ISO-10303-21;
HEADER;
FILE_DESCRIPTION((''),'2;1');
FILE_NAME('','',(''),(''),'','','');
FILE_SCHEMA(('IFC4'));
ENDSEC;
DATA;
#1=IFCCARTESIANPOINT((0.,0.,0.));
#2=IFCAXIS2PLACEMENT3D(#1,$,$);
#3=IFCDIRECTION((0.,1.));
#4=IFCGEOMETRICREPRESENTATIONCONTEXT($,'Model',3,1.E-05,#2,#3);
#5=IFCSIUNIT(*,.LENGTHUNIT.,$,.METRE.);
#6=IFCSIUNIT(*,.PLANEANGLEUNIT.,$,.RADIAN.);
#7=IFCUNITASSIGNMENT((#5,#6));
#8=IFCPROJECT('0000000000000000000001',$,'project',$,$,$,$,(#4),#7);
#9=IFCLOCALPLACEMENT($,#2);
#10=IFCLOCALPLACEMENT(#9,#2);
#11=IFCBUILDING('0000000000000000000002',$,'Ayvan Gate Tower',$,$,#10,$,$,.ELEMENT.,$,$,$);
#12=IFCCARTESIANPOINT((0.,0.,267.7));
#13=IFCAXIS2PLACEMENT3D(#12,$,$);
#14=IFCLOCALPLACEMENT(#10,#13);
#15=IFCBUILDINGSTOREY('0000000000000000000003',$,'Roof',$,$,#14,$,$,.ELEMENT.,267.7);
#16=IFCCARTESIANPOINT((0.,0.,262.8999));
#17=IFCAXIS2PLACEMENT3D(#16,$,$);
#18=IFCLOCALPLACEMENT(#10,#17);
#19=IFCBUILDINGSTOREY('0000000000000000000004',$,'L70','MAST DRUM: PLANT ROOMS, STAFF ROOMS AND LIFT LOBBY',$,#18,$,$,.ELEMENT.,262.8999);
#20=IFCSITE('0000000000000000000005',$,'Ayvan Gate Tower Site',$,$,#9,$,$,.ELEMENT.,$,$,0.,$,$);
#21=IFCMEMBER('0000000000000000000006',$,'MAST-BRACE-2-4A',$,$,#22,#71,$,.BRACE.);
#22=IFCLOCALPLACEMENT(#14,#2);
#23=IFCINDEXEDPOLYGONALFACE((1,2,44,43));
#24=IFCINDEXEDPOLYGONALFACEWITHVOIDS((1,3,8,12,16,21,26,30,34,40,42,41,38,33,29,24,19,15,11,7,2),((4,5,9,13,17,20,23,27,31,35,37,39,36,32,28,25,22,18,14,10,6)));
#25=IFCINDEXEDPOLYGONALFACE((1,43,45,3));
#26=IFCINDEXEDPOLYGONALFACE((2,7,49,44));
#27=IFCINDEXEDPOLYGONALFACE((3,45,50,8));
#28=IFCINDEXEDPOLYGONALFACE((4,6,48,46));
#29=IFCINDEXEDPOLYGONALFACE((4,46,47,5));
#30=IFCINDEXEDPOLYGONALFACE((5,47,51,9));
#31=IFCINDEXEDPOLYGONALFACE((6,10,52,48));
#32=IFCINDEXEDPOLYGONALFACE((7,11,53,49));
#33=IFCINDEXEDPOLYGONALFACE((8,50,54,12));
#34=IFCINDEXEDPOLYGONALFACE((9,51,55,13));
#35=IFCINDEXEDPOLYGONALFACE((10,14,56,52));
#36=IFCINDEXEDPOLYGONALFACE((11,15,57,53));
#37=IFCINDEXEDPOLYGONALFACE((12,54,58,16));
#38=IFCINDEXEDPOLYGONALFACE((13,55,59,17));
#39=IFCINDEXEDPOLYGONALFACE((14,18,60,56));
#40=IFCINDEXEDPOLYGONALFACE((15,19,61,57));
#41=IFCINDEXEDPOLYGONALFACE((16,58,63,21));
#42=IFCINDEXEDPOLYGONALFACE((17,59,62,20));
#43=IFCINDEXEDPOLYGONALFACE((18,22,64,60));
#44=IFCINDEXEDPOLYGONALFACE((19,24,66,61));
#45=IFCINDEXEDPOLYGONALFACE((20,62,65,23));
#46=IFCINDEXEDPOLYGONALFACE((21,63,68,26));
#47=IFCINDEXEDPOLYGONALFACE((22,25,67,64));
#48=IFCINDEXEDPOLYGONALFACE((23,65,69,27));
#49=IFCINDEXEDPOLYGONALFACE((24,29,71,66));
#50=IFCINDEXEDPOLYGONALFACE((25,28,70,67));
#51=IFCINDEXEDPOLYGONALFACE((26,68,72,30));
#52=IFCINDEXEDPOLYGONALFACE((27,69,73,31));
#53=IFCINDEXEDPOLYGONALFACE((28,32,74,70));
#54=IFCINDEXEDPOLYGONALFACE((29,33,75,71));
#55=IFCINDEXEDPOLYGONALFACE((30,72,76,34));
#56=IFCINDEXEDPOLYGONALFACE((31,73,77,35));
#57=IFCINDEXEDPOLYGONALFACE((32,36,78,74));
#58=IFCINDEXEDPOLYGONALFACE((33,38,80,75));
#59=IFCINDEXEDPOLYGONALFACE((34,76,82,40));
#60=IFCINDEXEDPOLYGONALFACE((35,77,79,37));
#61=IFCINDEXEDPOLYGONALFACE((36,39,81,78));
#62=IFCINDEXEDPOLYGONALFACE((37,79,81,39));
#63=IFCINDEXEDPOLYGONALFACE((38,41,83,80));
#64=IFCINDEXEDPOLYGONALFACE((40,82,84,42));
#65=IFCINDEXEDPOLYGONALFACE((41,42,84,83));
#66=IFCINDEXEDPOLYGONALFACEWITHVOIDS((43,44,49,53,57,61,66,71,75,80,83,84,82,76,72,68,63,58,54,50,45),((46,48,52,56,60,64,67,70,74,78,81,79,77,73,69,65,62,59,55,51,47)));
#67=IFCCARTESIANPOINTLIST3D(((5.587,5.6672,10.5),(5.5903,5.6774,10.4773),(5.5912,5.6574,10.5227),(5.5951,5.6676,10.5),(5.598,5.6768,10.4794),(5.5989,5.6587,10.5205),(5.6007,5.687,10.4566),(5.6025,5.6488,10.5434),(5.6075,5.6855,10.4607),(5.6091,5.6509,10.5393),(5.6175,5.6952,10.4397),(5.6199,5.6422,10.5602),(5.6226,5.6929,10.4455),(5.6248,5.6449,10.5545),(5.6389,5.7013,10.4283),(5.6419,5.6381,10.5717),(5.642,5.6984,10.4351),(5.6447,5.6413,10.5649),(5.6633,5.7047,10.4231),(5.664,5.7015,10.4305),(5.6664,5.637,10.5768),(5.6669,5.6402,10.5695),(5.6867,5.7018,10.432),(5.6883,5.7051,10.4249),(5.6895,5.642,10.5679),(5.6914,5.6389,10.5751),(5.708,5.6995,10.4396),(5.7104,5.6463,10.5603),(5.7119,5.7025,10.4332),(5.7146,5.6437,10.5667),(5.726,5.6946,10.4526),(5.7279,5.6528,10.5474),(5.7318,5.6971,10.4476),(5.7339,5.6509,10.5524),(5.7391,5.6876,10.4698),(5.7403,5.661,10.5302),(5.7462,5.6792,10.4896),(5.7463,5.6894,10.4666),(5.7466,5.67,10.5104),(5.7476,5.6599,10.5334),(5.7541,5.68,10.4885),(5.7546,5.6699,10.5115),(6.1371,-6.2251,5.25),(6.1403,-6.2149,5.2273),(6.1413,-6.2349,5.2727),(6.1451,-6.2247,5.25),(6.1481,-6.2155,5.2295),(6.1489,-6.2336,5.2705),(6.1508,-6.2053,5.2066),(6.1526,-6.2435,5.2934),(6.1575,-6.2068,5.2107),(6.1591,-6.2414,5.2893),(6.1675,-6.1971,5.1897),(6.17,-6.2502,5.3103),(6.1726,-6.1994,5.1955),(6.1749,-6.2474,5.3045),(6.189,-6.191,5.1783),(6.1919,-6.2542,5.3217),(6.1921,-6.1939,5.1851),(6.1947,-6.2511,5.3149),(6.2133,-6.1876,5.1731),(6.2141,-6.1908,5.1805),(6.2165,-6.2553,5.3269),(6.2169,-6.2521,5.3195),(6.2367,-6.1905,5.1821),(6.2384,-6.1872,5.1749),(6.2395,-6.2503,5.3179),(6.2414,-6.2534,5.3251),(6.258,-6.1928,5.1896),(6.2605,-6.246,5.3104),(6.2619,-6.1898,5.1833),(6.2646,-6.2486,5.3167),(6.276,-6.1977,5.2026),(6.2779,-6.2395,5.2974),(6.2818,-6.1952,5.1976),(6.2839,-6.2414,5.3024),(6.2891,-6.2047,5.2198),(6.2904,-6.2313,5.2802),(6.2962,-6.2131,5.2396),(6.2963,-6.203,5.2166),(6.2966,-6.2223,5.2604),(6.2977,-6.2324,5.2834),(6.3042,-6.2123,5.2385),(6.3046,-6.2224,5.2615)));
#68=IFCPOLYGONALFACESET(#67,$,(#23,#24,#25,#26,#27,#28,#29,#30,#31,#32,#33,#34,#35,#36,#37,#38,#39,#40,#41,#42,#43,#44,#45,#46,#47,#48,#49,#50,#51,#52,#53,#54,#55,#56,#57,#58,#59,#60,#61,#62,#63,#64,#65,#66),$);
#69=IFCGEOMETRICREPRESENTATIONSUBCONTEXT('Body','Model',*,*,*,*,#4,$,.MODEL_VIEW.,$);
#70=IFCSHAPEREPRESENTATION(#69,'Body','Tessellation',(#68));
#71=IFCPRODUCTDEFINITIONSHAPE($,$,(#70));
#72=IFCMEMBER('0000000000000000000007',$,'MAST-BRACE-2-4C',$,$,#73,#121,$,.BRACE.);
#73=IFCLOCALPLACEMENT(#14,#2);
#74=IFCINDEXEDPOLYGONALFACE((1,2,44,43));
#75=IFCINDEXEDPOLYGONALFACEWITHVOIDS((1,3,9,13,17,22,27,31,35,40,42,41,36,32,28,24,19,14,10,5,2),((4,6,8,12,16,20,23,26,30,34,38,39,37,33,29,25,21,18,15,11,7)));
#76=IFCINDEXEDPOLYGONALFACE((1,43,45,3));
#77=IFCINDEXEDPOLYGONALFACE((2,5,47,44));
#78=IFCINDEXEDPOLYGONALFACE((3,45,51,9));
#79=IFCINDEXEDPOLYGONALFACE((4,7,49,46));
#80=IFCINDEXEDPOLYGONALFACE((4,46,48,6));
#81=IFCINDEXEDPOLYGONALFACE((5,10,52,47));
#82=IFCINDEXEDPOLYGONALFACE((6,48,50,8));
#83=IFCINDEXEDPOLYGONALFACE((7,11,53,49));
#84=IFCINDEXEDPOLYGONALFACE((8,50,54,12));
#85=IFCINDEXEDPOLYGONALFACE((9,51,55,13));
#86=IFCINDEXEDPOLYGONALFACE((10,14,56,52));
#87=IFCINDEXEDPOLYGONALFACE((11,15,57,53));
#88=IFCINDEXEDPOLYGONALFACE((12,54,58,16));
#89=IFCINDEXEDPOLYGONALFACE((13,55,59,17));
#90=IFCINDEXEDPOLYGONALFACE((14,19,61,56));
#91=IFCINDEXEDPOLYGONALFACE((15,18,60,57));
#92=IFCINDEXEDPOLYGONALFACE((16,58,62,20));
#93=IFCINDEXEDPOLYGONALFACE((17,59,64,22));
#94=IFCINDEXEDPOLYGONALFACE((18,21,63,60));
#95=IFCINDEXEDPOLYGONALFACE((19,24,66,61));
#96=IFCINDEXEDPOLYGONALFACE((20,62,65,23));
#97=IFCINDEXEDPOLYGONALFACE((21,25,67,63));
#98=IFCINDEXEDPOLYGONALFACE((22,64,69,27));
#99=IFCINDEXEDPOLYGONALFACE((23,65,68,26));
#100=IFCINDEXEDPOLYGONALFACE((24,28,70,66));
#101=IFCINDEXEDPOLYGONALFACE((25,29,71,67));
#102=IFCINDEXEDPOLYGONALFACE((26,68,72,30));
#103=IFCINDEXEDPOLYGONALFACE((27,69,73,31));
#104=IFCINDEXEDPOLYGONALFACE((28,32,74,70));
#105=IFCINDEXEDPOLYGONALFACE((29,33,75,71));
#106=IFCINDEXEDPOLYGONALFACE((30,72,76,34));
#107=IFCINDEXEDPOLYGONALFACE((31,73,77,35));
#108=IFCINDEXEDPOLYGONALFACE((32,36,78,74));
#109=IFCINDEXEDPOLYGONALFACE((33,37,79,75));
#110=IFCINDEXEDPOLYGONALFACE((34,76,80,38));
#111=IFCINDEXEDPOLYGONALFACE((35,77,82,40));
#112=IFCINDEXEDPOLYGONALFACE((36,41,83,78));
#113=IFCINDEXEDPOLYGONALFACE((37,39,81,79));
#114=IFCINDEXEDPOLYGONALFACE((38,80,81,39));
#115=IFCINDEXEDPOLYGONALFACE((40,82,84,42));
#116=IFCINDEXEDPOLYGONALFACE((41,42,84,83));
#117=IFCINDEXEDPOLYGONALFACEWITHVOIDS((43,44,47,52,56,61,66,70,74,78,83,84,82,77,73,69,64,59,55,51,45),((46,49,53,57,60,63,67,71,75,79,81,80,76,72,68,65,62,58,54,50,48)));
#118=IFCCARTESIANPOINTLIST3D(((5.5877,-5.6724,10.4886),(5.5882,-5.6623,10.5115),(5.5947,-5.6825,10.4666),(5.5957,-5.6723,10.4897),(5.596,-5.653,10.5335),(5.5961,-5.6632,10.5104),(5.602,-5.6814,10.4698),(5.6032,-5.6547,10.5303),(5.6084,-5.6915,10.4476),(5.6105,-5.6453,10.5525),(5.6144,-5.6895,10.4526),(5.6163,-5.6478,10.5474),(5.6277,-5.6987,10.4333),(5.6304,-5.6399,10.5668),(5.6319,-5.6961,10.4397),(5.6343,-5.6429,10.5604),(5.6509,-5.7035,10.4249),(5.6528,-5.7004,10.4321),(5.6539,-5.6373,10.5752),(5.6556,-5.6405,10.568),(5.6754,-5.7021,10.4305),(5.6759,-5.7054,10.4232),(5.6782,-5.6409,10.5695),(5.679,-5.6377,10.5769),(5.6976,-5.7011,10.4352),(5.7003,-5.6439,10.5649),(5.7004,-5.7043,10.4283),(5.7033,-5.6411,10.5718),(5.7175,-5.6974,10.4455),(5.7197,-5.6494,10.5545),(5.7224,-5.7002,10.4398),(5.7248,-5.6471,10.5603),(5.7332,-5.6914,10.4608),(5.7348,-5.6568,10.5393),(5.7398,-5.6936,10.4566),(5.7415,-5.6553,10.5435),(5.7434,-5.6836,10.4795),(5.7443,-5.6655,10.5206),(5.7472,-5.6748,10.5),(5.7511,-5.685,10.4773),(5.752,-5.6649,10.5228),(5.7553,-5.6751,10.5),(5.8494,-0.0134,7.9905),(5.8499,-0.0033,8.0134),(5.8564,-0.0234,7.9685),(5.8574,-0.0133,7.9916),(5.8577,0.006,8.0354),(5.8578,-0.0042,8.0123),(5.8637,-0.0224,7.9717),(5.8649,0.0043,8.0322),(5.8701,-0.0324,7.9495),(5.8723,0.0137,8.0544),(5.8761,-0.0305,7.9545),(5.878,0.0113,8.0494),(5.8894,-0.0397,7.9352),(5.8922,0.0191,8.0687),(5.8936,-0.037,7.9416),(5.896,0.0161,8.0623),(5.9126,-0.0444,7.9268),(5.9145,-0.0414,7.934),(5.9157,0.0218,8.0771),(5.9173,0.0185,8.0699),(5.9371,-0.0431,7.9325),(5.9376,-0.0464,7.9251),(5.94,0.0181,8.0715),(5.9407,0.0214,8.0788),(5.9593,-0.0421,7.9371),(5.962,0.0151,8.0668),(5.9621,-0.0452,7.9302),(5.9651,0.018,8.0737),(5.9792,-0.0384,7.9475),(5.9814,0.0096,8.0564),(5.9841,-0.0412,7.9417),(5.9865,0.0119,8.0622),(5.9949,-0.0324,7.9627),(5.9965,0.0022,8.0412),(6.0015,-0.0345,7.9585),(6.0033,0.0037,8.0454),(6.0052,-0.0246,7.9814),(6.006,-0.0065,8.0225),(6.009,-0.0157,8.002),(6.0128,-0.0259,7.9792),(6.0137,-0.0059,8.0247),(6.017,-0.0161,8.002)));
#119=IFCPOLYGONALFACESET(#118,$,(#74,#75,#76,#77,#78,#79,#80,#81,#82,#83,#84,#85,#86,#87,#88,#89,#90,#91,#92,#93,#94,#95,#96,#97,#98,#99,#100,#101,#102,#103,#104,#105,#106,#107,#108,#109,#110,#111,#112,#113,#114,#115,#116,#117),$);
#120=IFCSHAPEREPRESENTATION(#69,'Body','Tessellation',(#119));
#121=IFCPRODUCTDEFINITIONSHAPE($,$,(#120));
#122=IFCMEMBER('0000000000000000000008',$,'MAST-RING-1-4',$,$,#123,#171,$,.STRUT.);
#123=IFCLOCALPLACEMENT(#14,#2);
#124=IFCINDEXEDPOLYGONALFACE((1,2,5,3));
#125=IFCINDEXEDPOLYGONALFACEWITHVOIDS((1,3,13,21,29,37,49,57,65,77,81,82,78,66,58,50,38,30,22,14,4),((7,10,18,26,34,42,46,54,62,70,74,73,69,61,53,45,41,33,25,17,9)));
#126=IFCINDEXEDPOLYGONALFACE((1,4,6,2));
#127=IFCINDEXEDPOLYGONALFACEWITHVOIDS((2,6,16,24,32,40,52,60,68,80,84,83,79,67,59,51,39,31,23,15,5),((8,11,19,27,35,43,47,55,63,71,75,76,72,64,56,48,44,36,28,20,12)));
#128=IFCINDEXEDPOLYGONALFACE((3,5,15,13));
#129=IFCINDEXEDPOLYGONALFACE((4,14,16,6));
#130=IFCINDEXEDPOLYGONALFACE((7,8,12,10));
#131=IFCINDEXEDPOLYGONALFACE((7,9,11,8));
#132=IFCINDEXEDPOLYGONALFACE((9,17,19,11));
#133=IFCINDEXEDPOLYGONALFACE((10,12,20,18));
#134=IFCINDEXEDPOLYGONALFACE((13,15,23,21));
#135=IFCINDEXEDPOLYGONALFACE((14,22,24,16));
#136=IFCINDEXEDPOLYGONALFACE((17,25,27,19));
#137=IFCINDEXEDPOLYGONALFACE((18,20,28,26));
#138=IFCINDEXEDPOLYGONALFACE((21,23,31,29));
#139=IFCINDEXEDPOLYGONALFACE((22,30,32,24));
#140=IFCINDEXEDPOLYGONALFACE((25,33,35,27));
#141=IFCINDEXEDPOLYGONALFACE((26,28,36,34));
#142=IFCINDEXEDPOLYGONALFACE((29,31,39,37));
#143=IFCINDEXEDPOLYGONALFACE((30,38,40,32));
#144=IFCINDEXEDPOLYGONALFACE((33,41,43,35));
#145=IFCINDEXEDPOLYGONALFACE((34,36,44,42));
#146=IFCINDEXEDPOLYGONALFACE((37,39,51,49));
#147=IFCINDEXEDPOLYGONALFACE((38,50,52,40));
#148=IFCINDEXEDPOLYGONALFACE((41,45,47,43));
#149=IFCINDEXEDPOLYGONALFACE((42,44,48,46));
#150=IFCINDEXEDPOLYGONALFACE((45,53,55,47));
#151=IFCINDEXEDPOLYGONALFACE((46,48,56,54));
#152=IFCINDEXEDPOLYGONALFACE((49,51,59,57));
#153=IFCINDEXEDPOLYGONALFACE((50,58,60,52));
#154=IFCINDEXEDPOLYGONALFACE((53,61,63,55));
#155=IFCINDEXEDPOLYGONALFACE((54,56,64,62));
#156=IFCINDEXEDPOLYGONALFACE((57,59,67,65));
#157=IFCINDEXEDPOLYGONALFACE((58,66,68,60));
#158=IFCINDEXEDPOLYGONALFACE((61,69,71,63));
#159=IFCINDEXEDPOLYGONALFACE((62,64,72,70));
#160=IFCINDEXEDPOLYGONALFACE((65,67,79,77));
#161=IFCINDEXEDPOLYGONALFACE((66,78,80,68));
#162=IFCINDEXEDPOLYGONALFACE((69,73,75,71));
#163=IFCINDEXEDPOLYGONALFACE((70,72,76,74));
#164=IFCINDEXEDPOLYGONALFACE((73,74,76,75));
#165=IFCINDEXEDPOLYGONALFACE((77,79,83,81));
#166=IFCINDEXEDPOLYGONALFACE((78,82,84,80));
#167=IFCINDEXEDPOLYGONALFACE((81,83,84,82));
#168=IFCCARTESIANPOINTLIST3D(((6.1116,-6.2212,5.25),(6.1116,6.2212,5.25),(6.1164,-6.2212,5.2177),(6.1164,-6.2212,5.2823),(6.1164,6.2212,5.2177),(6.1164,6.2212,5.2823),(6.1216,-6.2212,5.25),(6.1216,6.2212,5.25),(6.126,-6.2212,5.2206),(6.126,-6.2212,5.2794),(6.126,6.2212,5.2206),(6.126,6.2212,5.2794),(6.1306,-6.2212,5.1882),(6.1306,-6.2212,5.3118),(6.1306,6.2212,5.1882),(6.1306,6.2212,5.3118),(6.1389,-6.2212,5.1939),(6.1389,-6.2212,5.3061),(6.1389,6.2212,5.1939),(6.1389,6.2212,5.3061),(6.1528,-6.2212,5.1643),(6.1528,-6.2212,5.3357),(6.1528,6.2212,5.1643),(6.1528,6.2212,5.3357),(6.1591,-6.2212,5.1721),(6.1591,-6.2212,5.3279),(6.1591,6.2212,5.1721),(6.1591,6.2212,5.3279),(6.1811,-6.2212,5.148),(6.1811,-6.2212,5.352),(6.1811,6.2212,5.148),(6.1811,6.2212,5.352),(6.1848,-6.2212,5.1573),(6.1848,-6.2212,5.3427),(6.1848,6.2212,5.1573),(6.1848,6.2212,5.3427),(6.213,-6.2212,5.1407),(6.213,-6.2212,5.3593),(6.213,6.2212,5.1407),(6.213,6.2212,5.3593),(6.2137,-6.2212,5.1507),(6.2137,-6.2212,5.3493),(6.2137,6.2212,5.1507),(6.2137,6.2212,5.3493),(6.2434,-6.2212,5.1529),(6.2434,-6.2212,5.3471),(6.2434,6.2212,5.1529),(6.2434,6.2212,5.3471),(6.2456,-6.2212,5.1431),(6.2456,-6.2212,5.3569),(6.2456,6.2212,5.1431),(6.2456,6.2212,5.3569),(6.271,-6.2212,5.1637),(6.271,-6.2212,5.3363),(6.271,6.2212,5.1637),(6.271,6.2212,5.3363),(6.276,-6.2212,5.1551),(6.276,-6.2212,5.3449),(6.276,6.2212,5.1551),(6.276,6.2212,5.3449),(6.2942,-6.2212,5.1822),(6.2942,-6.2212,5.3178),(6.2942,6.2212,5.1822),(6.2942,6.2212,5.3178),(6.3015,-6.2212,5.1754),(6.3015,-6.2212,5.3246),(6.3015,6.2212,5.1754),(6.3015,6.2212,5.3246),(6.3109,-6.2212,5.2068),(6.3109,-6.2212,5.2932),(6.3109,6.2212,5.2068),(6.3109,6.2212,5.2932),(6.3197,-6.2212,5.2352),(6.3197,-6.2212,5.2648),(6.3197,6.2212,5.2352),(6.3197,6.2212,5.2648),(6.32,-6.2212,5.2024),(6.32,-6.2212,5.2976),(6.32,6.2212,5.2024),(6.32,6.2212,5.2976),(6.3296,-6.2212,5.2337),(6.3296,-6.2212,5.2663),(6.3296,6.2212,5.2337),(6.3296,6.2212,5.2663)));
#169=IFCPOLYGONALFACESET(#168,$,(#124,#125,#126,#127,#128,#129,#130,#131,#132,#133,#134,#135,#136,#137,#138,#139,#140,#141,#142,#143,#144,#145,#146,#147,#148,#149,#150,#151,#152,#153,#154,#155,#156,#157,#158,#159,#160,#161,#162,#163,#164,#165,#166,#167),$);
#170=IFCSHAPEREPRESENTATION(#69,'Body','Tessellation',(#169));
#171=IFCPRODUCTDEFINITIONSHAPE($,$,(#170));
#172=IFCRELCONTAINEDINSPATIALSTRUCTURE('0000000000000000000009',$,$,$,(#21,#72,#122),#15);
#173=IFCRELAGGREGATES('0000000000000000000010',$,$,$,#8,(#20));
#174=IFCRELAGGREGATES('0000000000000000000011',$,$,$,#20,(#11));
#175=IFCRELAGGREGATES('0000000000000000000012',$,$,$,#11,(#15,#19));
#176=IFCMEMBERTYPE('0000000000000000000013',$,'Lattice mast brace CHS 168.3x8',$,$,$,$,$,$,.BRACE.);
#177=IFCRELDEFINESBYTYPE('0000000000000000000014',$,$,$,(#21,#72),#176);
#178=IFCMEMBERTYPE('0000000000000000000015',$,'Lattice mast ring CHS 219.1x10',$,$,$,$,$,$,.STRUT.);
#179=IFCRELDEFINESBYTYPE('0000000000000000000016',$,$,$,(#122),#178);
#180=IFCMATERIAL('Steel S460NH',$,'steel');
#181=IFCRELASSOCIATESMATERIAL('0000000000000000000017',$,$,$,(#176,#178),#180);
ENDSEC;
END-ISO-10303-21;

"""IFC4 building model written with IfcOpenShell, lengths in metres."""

from ifc_helpers import new_model, si_unit, direction, frame, origin, origin_2d, place, context, subcontext, project, spatial, hollow_circle, extrude, material, material_profile, profile_set, type_object, element, save


model = new_model("IFC4")

# Units and contexts
model_context = context("Model", 3, precision=1e-05, world=origin(), true_north=direction((0.0, 1.0)))
body_context = subcontext(model_context, "Body", "Model", "MODEL_VIEW")
ifc_project = project(units=[si_unit("LENGTHUNIT", "METRE"), si_unit("PLANEANGLEUNIT", "RADIAN")], contexts=[model_context])

# Site, building, storey
site_placement = place(None, origin())
site = spatial("IfcSite", under=ifc_project, at=site_placement, Name="Ayvan Gate Tower Site", CompositionType="ELEMENT", RefElevation=0.0)
building_placement = place(site_placement, origin())
building = spatial("IfcBuilding", under=site, at=building_placement, Name="Ayvan Gate Tower", CompositionType="ELEMENT")
storey_1_placement = place(building_placement, frame((0.0, 0.0, 267.7)))
storey_1 = spatial("IfcBuildingStorey", under=building, at=storey_1_placement, Name="Roof", CompositionType="ELEMENT", Elevation=267.7)

# Members
ifc_material_1 = material(Name="Steel S460NH", Category="steel")
ifc_material_profile_1 = material_profile(ifc_material_1, hollow_circle(Radius=0.0842, WallThickness=0.0081, at=origin_2d()), Name="CHS 168.3x8")
ifc_profile_set_1 = profile_set([ifc_material_profile_1], Name="Steel S460NH")
member_type_1 = type_object("IfcMemberType", Name="Lattice mast brace CHS 168.3x8", PredefinedType="BRACE", material=ifc_profile_set_1)
member_1_placement = place(storey_1_placement, frame((6.2212, -6.2212, 5.25), z_axis=(-0.042275, 0.914004, 0.403497), x_axis=(-0.998932, -0.046203, 0.0)))
element("IfcMember", 1, at=member_1_placement, inside=storey_1, type_object=member_type_1, Name="MAST-BRACE-2-4A", PredefinedType="BRACE", context=body_context, shape_type="SweptSolid", body=[
    extrude(hollow_circle(Radius=0.0842, WallThickness=0.0081, at=origin_2d()), origin(), (0.0, 0.0, 1.0), 13.0112),
])
member_2_placement = place(storey_1_placement, frame((5.9329, -0.0122, 8.002), z_axis=(-0.042272, -0.914013, 0.403476), x_axis=(0.998932, -0.046199, 0.0)))
element("IfcMember", 2, at=member_2_placement, inside=storey_1, type_object=member_type_1, Name="MAST-BRACE-2-4C", PredefinedType="BRACE", context=body_context, shape_type="SweptSolid", body=[
    extrude(hollow_circle(Radius=0.0842, WallThickness=0.0081, at=origin_2d()), origin(), (0.0, 0.0, 1.0), 6.1914),
])
ifc_material_profile_2 = material_profile(ifc_material_1, hollow_circle(Radius=0.1096, WallThickness=0.01, at=origin_2d()), Name="CHS 219.1x10")
ifc_profile_set_2 = profile_set([ifc_material_profile_2], Name="Steel S460NH")
member_type_2 = type_object("IfcMemberType", Name="Lattice mast ring CHS 219.1x10", PredefinedType="STRUT", material=ifc_profile_set_2)
member_3_placement = place(storey_1_placement, frame((6.2212, -6.2212, 5.25), z_axis=(0.0, 1.0, 0.0), x_axis=(-1.0, 0.0, 0.0)))
element("IfcMember", 3, at=member_3_placement, inside=storey_1, type_object=member_type_2, Name="MAST-RING-1-4", PredefinedType="STRUT", context=body_context, shape_type="SweptSolid", body=[
    extrude(hollow_circle(Radius=0.1096, WallThickness=0.01, at=origin_2d()), origin(), (0.0, 0.0, 1.0), 12.4424),
])

# Shared definitions
storey_2_placement = place(building_placement, frame((0.0, 0.0, 262.8999)))
storey_2 = spatial("IfcBuildingStorey", under=building, at=storey_2_placement, Name="L70", Description="MAST DRUM: PLANT ROOMS, STAFF ROOMS AND LIFT LOBBY", CompositionType="ELEMENT", Elevation=262.8999)

save(model, "model.ifc")
